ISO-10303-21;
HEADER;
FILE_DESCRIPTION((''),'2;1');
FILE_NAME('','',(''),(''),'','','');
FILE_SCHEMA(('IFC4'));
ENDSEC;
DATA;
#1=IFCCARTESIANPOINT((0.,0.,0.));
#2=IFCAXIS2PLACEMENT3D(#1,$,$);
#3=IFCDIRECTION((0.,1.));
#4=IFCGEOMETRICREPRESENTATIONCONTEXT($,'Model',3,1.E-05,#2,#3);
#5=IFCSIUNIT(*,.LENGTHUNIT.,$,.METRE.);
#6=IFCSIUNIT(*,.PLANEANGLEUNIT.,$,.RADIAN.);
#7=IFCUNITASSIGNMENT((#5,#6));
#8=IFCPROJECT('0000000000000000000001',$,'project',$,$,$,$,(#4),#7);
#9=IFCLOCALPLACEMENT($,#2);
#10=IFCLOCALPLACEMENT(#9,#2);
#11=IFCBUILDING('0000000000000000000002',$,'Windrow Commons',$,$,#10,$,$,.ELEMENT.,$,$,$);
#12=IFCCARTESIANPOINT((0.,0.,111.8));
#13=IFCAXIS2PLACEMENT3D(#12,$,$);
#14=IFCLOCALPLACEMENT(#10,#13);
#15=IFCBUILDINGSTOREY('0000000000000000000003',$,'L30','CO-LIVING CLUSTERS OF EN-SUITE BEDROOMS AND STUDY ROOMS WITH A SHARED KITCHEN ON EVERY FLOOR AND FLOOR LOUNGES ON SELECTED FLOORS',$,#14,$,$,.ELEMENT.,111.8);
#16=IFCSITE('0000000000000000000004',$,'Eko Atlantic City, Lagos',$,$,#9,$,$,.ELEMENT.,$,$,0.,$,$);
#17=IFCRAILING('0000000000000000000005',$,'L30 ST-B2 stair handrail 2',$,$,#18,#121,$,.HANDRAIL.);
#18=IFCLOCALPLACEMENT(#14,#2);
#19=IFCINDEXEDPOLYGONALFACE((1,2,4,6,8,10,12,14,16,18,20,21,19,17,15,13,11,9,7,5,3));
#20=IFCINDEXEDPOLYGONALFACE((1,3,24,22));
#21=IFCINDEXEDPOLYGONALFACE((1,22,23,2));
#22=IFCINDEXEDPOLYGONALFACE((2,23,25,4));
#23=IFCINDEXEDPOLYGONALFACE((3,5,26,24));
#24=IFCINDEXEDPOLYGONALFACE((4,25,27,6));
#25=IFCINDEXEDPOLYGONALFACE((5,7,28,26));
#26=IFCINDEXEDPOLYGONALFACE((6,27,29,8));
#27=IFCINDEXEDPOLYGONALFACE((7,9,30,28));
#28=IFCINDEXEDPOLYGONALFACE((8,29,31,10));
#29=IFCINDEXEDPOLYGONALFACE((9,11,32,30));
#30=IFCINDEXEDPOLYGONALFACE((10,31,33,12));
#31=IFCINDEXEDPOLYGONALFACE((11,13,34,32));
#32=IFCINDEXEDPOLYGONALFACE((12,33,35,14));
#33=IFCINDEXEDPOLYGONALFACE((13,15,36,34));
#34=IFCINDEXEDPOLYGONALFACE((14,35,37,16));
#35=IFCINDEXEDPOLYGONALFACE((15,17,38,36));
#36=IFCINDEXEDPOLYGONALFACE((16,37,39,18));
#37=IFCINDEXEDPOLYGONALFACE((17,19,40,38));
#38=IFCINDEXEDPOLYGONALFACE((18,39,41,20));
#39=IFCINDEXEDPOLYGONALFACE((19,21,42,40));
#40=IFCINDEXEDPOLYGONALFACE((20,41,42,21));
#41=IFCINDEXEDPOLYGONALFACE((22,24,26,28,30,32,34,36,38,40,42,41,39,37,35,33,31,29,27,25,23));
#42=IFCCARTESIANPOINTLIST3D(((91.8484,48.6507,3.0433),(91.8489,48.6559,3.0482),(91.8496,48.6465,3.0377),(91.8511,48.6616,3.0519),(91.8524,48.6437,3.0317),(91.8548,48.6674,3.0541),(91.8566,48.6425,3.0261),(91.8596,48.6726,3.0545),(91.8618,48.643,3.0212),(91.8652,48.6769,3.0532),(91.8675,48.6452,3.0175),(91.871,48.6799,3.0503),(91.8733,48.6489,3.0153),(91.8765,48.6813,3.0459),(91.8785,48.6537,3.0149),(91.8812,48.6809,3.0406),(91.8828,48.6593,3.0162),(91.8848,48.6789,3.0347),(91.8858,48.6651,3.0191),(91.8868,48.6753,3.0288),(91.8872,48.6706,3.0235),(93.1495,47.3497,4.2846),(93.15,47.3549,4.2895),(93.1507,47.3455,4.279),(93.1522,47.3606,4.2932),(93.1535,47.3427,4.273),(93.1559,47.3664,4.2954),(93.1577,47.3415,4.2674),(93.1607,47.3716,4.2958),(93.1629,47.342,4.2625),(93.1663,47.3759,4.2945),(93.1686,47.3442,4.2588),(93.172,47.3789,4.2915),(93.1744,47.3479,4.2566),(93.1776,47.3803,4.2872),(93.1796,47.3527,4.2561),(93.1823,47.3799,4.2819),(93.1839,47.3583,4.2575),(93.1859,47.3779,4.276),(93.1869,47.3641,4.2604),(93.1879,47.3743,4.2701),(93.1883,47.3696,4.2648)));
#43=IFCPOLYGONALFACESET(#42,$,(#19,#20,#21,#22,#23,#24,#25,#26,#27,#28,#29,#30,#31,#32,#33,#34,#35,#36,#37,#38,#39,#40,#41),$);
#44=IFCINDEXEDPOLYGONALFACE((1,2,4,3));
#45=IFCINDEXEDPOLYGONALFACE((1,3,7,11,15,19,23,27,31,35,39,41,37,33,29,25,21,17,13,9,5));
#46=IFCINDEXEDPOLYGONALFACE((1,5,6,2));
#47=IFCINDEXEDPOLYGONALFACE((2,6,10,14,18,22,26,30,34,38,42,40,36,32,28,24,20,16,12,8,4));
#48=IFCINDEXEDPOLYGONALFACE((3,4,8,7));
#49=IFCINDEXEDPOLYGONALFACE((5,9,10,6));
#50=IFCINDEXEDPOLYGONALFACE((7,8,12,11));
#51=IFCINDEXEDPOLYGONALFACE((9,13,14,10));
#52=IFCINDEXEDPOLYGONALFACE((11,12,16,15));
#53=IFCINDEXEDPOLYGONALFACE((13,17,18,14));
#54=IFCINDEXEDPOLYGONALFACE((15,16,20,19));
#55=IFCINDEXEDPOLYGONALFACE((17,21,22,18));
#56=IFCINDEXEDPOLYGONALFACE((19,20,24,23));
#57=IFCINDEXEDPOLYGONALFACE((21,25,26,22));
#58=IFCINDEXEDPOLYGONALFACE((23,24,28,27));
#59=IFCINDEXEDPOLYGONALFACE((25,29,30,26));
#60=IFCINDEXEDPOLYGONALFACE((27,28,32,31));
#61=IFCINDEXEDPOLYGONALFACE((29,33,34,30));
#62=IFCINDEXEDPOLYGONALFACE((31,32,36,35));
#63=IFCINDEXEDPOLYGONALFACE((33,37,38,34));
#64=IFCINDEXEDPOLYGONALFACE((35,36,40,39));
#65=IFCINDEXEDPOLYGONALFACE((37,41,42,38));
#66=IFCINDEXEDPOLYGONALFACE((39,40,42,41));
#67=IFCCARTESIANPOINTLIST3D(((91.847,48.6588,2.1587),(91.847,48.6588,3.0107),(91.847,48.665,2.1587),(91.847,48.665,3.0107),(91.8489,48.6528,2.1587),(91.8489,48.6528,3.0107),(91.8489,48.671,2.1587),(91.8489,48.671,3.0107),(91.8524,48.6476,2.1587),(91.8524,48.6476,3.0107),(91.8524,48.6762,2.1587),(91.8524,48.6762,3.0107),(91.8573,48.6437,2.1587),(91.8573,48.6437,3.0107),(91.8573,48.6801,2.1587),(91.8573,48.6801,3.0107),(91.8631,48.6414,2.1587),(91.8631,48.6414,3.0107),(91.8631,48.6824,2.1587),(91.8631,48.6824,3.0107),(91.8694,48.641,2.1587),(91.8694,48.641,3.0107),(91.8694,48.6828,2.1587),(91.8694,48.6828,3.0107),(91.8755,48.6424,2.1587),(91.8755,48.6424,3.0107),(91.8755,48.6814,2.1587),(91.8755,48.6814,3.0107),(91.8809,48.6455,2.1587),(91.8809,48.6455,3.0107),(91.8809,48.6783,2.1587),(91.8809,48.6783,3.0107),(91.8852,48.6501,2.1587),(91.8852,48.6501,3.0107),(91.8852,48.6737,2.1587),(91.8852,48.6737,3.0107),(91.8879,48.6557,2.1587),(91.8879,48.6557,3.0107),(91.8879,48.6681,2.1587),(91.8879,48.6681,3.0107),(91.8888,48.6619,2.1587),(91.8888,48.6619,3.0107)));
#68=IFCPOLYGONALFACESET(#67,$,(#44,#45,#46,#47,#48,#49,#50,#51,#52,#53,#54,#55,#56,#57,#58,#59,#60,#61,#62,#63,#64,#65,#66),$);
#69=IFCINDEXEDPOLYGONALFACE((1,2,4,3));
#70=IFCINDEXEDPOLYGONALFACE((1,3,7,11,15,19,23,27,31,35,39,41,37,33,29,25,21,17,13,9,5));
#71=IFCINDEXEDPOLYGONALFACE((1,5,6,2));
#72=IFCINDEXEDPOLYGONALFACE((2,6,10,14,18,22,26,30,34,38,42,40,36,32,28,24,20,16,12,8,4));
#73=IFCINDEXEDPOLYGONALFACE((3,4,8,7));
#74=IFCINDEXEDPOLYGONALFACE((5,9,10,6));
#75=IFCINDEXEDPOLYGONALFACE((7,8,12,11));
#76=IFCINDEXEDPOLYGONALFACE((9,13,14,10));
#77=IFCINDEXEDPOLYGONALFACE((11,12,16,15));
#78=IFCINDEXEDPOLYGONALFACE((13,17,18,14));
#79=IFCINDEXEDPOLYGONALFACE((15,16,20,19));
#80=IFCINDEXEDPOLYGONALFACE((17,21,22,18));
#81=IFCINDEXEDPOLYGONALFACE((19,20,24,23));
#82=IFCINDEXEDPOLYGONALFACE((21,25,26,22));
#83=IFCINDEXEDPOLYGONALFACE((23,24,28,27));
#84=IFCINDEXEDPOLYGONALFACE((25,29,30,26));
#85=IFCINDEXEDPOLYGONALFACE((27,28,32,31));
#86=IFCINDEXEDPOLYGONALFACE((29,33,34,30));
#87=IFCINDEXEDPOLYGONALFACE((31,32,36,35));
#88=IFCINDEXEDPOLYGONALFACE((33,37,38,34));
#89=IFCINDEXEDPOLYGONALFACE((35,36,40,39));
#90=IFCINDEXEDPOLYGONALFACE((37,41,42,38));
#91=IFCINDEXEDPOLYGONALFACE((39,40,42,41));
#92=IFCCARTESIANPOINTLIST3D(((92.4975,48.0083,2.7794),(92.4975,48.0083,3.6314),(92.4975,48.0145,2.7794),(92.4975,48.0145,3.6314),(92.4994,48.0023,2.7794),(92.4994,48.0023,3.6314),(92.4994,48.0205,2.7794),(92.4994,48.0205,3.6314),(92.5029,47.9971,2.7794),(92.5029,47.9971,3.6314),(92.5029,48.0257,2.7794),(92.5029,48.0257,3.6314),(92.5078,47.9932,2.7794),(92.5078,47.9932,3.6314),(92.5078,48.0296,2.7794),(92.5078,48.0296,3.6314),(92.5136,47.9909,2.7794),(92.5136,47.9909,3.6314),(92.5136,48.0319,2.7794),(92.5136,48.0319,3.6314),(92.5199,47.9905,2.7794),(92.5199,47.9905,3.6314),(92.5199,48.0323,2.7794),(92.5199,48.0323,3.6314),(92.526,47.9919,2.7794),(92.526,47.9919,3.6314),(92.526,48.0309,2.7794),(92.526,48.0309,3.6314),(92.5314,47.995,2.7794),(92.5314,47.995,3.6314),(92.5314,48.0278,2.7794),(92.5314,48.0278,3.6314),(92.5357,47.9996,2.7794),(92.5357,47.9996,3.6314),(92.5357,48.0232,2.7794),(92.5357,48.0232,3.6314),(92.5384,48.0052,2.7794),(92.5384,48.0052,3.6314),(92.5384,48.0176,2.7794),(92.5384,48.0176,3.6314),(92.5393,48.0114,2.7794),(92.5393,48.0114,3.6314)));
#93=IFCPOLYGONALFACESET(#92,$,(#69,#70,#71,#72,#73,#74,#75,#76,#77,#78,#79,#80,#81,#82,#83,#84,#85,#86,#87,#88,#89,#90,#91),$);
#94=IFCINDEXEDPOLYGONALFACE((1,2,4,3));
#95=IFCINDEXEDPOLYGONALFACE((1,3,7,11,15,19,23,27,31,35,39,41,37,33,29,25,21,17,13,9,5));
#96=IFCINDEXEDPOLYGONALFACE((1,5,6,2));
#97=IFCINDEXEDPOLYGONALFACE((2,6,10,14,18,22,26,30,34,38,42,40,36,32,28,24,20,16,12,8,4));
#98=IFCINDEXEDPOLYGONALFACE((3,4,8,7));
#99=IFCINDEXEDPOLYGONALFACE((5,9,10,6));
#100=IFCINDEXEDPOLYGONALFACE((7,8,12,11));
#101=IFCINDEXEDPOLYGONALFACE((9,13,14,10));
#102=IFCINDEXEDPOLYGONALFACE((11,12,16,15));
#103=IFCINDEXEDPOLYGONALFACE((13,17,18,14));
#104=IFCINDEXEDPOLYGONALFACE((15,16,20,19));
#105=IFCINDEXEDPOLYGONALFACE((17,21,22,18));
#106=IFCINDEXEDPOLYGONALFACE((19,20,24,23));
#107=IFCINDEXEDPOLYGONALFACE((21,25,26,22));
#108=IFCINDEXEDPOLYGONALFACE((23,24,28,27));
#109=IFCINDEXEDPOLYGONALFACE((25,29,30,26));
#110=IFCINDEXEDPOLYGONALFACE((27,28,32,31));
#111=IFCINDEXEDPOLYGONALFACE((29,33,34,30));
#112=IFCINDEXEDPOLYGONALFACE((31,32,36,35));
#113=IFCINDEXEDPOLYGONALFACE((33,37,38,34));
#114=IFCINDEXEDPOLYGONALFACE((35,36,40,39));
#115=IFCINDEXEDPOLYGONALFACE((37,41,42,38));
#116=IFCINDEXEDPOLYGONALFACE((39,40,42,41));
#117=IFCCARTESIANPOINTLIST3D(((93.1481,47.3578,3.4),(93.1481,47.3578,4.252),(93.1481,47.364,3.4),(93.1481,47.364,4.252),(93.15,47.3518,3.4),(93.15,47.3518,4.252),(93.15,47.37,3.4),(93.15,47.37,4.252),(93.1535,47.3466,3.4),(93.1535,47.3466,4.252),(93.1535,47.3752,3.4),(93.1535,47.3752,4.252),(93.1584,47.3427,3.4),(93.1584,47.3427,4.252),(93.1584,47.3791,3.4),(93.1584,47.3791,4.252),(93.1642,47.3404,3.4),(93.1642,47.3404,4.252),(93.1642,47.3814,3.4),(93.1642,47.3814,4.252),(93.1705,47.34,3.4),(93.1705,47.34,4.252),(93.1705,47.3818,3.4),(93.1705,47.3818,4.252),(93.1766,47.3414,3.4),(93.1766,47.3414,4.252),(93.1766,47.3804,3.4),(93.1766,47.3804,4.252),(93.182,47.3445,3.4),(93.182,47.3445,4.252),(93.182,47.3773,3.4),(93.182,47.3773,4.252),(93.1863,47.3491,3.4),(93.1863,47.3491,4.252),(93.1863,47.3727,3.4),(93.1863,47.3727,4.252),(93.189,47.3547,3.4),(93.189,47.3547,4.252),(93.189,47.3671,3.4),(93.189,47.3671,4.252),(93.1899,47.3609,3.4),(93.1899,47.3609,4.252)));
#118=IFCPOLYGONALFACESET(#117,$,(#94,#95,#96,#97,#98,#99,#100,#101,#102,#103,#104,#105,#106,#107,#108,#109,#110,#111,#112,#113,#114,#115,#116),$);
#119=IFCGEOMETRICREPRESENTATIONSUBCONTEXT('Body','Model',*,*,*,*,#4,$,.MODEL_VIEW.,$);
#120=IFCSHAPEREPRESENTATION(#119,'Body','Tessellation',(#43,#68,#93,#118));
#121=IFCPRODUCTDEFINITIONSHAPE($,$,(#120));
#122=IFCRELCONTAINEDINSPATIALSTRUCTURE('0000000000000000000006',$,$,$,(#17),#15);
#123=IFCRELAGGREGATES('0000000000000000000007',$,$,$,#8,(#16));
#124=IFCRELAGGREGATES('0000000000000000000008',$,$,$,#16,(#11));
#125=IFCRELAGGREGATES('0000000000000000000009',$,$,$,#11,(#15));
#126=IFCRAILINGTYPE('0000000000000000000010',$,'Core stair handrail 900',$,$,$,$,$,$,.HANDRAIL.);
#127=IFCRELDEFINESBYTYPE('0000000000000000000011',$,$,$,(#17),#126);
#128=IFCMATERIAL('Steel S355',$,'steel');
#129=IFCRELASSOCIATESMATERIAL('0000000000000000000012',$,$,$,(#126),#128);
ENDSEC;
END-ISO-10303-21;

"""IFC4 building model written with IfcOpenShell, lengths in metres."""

from ifc_helpers import new_model, si_unit, direction, frame, origin, origin_2d, place, context, subcontext, project, spatial, circle, extrude, material, type_object, element, save


model = new_model("IFC4")

# Units and contexts
model_context = context("Model", 3, precision=1e-05, world=origin(), true_north=direction((0.0, 1.0)))
body_context = subcontext(model_context, "Body", "Model", "MODEL_VIEW")
ifc_project = project(units=[si_unit("LENGTHUNIT", "METRE"), si_unit("PLANEANGLEUNIT", "RADIAN")], contexts=[model_context])

# Site, building, storey
site_placement = place(None, origin())
site = spatial("IfcSite", under=ifc_project, at=site_placement, Name="Eko Atlantic City, Lagos", CompositionType="ELEMENT", RefElevation=0.0)
building_placement = place(site_placement, origin())
building = spatial("IfcBuilding", under=site, at=building_placement, Name="Windrow Commons", CompositionType="ELEMENT")
storey_placement = place(building_placement, frame((0.0, 0.0, 111.8)))
storey = spatial("IfcBuildingStorey", under=building, at=storey_placement, Name="L30", Description="CO-LIVING CLUSTERS OF EN-SUITE BEDROOMS AND STUDY ROOMS WITH A SHARED KITCHEN ON EVERY FLOOR AND FLOOR LOUNGES ON SELECTED FLOORS", CompositionType="ELEMENT", Elevation=111.8)

# Railing
ifc_material_1 = material(Name="Steel S355", Category="steel")
railing_type_1 = type_object("IfcRailingType", Name="Core stair handrail 900", PredefinedType="HANDRAIL", material=ifc_material_1)
railing_1_placement = place(storey_placement, frame((91.8678, 48.6619, 2.1587)))
element("IfcRailing", 1, at=railing_1_placement, inside=storey, type_object=railing_type_1, Name="L30 ST-B2 stair handrail 2", PredefinedType="HANDRAIL", context=body_context, shape_type="SweptSolid", body=[
    extrude(circle(Radius=0.024, at=origin_2d()), frame((0.0, 0.0, 0.876), z_axis=(0.586207, -0.586162, 0.559264), x_axis=(0.70708, 0.707134, 0.0)), (0.0, 0.0, 1.0), 2.2195),
    extrude(circle(Radius=0.021, at=origin_2d()), origin(), (0.0, 0.0, 1.0), 0.852),
    extrude(circle(Radius=0.021, at=origin_2d()), frame((0.6505, -0.6505, 0.6207)), (0.0, 0.0, 1.0), 0.852),
    extrude(circle(Radius=0.021, at=origin_2d()), frame((1.3011, -1.301, 1.2413)), (0.0, 0.0, 1.0), 0.852),
])

save(model, "model.ifc")
